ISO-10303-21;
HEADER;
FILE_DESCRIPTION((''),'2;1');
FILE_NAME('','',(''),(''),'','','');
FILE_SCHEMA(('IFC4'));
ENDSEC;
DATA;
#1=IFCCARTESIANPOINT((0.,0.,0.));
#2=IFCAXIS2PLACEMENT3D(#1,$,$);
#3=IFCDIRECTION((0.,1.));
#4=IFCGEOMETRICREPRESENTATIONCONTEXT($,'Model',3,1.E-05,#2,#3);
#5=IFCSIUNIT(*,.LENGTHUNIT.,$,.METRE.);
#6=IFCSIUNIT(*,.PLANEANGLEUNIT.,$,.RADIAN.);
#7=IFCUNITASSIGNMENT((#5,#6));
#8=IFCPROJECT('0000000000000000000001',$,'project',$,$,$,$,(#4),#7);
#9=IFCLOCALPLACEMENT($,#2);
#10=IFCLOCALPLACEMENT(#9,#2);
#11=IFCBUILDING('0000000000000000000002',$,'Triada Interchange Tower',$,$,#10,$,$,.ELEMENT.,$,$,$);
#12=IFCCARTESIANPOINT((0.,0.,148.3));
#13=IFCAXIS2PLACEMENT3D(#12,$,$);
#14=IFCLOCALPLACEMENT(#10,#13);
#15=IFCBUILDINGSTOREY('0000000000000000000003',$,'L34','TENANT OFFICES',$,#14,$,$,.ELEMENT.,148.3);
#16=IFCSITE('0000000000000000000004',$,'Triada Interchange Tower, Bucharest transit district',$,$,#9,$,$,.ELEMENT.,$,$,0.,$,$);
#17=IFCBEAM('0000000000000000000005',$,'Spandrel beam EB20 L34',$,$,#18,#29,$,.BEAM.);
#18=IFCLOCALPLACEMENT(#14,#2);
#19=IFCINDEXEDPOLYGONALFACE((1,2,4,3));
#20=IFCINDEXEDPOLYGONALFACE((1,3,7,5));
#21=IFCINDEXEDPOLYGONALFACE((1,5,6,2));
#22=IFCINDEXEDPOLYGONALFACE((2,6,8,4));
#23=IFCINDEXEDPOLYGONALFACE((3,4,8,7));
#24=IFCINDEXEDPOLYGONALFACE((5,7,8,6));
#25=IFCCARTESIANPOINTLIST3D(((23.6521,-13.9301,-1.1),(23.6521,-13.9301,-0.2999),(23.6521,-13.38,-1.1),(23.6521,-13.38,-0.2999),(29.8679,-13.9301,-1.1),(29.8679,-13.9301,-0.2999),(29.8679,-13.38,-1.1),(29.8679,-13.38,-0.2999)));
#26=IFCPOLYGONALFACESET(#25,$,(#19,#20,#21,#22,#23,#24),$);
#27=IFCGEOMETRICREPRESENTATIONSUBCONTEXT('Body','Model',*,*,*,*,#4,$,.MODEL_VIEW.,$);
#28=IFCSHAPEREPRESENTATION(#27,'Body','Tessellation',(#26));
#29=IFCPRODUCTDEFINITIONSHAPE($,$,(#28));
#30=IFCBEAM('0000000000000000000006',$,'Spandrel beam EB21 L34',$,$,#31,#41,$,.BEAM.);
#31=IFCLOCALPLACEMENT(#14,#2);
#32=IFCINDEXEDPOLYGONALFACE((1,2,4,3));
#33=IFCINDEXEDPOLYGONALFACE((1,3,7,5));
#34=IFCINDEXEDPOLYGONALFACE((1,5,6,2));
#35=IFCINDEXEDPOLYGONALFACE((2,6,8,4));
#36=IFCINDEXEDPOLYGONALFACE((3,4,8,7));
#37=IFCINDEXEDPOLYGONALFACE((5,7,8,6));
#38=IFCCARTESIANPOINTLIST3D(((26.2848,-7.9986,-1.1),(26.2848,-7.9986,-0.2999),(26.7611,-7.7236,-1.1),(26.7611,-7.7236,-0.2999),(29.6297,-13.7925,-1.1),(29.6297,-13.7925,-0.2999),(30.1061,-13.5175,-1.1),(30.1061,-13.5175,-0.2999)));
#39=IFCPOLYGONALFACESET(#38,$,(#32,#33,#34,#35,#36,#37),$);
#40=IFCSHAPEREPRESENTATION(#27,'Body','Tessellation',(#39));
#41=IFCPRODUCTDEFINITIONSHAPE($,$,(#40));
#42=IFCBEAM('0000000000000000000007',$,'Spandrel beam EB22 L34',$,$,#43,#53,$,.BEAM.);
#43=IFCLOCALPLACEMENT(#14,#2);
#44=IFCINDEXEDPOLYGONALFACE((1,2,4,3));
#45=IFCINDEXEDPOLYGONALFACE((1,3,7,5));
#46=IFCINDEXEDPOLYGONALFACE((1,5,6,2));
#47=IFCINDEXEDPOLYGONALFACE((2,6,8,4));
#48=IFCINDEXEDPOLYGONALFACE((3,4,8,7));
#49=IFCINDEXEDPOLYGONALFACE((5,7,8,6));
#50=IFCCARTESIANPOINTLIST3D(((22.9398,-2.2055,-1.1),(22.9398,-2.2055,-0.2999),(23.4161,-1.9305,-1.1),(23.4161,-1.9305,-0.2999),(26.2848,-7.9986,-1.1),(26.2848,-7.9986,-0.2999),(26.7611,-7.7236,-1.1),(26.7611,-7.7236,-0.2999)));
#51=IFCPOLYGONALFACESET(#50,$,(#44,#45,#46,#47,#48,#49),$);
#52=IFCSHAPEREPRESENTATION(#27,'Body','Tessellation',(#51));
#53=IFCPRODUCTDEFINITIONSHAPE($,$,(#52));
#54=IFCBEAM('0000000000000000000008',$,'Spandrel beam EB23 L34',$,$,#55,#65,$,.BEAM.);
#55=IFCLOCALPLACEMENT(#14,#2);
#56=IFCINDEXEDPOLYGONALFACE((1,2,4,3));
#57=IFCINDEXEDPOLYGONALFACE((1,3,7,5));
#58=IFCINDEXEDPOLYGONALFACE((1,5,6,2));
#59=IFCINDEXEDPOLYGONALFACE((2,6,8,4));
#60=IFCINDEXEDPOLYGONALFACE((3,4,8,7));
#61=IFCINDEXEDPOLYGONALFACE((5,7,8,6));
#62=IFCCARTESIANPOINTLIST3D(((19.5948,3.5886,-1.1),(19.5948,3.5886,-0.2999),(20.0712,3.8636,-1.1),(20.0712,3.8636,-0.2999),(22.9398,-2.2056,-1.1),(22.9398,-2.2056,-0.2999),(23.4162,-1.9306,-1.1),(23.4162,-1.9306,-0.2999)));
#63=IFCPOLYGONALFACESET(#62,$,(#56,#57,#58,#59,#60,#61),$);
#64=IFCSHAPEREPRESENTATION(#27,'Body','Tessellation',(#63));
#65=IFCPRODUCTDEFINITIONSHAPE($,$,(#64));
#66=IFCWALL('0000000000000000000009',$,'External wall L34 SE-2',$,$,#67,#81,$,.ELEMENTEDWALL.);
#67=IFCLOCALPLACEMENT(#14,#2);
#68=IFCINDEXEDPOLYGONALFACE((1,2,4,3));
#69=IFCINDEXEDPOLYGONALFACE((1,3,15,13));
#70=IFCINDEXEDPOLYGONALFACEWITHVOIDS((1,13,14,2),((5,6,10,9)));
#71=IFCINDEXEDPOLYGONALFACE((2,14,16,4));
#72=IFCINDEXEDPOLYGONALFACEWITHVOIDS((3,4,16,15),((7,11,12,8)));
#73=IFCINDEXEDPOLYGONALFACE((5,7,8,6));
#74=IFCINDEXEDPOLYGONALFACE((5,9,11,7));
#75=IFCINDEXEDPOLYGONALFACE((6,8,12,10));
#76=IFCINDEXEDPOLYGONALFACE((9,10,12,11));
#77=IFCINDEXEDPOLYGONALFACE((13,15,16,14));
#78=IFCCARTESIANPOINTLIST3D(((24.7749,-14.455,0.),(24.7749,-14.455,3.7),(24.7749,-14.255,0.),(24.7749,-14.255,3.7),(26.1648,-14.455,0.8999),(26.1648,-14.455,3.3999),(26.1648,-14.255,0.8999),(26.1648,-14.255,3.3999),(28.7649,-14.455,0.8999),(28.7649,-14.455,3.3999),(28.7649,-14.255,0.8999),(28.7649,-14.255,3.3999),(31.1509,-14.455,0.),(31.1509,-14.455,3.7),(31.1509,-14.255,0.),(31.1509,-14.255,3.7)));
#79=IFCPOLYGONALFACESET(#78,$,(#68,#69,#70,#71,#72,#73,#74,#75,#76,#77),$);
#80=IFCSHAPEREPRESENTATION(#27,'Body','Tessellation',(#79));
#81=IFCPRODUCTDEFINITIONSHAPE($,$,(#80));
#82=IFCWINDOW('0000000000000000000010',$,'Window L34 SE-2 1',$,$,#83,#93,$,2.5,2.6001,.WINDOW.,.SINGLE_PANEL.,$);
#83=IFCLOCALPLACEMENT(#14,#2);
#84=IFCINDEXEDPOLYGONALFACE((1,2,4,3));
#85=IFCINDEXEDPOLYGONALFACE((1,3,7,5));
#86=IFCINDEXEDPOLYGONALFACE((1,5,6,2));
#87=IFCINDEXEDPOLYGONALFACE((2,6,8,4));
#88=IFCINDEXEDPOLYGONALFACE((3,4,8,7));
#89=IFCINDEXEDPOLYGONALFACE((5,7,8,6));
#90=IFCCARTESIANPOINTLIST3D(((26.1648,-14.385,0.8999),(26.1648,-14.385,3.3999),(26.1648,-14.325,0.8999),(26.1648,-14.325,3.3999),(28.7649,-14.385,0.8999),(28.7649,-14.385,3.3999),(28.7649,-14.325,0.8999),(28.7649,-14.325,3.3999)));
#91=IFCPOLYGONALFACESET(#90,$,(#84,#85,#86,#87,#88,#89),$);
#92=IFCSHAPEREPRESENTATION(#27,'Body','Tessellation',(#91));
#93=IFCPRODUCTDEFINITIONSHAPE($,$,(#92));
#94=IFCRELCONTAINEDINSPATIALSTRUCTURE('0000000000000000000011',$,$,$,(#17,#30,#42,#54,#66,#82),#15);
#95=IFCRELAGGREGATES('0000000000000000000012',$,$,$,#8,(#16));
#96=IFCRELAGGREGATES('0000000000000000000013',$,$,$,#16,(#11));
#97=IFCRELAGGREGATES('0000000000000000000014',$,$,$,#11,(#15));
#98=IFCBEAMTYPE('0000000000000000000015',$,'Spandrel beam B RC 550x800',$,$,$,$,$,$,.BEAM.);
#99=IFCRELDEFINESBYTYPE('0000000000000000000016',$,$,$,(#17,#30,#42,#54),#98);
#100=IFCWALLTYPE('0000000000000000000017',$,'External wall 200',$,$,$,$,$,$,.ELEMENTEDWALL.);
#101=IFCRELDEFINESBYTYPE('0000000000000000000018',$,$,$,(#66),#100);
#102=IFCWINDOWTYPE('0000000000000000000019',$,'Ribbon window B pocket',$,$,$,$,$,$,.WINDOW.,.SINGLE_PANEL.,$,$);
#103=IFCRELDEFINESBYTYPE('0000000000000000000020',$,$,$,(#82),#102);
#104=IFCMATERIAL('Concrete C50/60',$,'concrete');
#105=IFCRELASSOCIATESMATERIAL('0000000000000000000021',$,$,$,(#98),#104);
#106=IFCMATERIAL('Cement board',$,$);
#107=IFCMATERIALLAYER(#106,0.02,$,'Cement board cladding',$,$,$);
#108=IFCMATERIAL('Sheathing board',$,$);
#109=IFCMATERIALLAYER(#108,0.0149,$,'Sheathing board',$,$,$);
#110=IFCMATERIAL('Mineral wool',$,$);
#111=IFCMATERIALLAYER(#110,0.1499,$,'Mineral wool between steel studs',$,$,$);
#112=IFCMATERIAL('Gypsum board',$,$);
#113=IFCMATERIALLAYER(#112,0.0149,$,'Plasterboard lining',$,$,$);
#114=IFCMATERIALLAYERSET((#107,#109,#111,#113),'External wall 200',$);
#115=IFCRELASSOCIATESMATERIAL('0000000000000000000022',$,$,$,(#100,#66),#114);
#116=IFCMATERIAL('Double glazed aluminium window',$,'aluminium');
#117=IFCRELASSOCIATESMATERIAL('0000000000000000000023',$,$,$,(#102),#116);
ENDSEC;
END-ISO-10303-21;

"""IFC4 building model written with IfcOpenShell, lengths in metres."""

from ifc_helpers import new_model, si_unit, direction, frame, frame_2d, origin, origin_2d, place, context, subcontext, project, spatial, rectangle, extrude, material, layer, layer_set, layer_usage, material_profile, profile_set, type_object, element, fill, save


model = new_model("IFC4")

# Units and contexts
model_context = context("Model", 3, precision=1e-05, world=origin(), true_north=direction((0.0, 1.0)))
body_context = subcontext(model_context, "Body", "Model", "MODEL_VIEW")
ifc_project = project(units=[si_unit("LENGTHUNIT", "METRE"), si_unit("PLANEANGLEUNIT", "RADIAN")], contexts=[model_context])

# Site, building, storey
site_placement = place(None, origin())
site = spatial("IfcSite", under=ifc_project, at=site_placement, Name="Triada Interchange Tower, Bucharest transit district", CompositionType="ELEMENT", RefElevation=0.0)
building_placement = place(site_placement, origin())
building = spatial("IfcBuilding", under=site, at=building_placement, Name="Triada Interchange Tower", CompositionType="ELEMENT")
storey_placement = place(building_placement, frame((0.0, 0.0, 148.3)))
storey = spatial("IfcBuildingStorey", under=building, at=storey_placement, Name="L34", Description="TENANT OFFICES", CompositionType="ELEMENT", Elevation=148.3)

# Beams
ifc_material_1 = material(Name="Concrete C50/60", Category="concrete")
ifc_material_profile_1 = material_profile(ifc_material_1, rectangle(XDim=0.55, YDim=0.8, at=origin_2d()), Name="RC 550x800")
ifc_profile_set_1 = profile_set([ifc_material_profile_1], Name="Concrete C50/60")
beam_type_1 = type_object("IfcBeamType", Name="Spandrel beam B RC 550x800", PredefinedType="BEAM", material=ifc_profile_set_1)
beam_1_placement = place(storey_placement, frame((23.6521, -13.655, -0.7), z_axis=(1.0, 0.0, 0.0), x_axis=(0.0, 1.0, 0.0)))
element("IfcBeam", 1, at=beam_1_placement, inside=storey, type_object=beam_type_1, Name="Spandrel beam EB20 L34", PredefinedType="BEAM", context=body_context, shape_type="SweptSolid", body=[
    extrude(rectangle(XDim=0.55, YDim=0.8, at=origin_2d()), origin(), (0.0, 0.0, 1.0), 6.2158),
])
beam_2_placement = place(storey_placement, frame((29.8679, -13.655, -0.7), z_axis=(-0.499981, 0.866036, 0.0), x_axis=(-0.866036, -0.499981, 0.0)))
element("IfcBeam", 2, at=beam_2_placement, inside=storey, type_object=beam_type_1, Name="Spandrel beam EB21 L34", PredefinedType="BEAM", context=body_context, shape_type="SweptSolid", body=[
    extrude(rectangle(XDim=0.55, YDim=0.8, at=origin_2d()), origin(), (0.0, 0.0, 1.0), 6.6902),
])
beam_3_placement = place(storey_placement, frame((26.5229, -7.8611, -0.7), z_axis=(-0.500045, 0.866, 0.0), x_axis=(-0.866, -0.500045, 0.0)))
element("IfcBeam", 3, at=beam_3_placement, inside=storey, type_object=beam_type_1, Name="Spandrel beam EB22 L34", PredefinedType="BEAM", context=body_context, shape_type="SweptSolid", body=[
    extrude(rectangle(XDim=0.55, YDim=0.8, at=origin_2d()), origin(), (0.0, 0.0, 1.0), 6.6895),
])
beam_4_placement = place(storey_placement, frame((23.178, -2.0681, -0.7), z_axis=(-0.499966, 0.866045, 0.0), x_axis=(-0.866045, -0.499966, 0.0)))
element("IfcBeam", 4, at=beam_4_placement, inside=storey, type_object=beam_type_1, Name="Spandrel beam EB23 L34", PredefinedType="BEAM", context=body_context, shape_type="SweptSolid", body=[
    extrude(rectangle(XDim=0.55, YDim=0.8, at=origin_2d()), origin(), (0.0, 0.0, 1.0), 6.6904),
])

# Wall, opening, window
ifc_material_2 = material(Name="Cement board")
ifc_layer_1 = layer(ifc_material_2, 0.02, Name="Cement board cladding")
ifc_material_3 = material(Name="Sheathing board")
ifc_layer_2 = layer(ifc_material_3, 0.0149, Name="Sheathing board")
ifc_material_4 = material(Name="Mineral wool")
ifc_layer_3 = layer(ifc_material_4, 0.1499, Name="Mineral wool between steel studs")
ifc_material_5 = material(Name="Gypsum board")
ifc_layer_4 = layer(ifc_material_5, 0.0149, Name="Plasterboard lining")
ifc_layer_set_1 = layer_set([ifc_layer_1, ifc_layer_2, ifc_layer_3, ifc_layer_4], Name="External wall 200")
ifc_layer_usage = layer_usage(ifc_layer_set_1, "AXIS2", "POSITIVE", -0.1001)
wall_type_1 = type_object("IfcWallType", Name="External wall 200", PredefinedType="ELEMENTEDWALL", material=ifc_layer_set_1)
wall_1_placement = place(storey_placement, frame((24.7749, -14.355, 0.0), z_axis=(0.0, 0.0, 1.0), x_axis=(1.0, 0.0, 0.0)))
wall_1 = element("IfcWall", 5, at=wall_1_placement, inside=storey, type_object=wall_type_1, material=ifc_layer_usage, Name="External wall L34 SE-2", PredefinedType="ELEMENTEDWALL", context=body_context, shape_type="SweptSolid", body=[
    extrude(rectangle(XDim=6.376, YDim=0.2, at=frame_2d((3.188, 0.0))), origin(), (0.0, 0.0, 1.0), 3.7),
])
opening_1_placement = place(wall_1_placement, frame((1.3899, 0.0, 0.8999)))
opening_1 = element("IfcOpeningElement", 6, at=opening_1_placement, cuts=wall_1, PredefinedType="OPENING", context=body_context, shape_type="SweptSolid", body=[
    extrude(rectangle(XDim=2.6001, YDim=2.5, at=frame_2d((1.3, 1.25))), frame((0.0, 0.1099, 0.0), z_axis=(0.0, -1.0, 0.0), x_axis=(1.0, 0.0, 0.0)), (0.0, 0.0, 1.0), 0.22),
])
ifc_material_6 = material(Name="Double glazed aluminium window", Category="aluminium")
window_type_1 = type_object("IfcWindowType", Name="Ribbon window B pocket", PartitioningType="SINGLE_PANEL", PredefinedType="WINDOW", material=ifc_material_6)
window_1_placement = place(opening_1_placement, origin())
window_1 = element("IfcWindow", 7, at=window_1_placement, inside=storey, type_object=window_type_1, Name="Window L34 SE-2 1", OverallHeight=2.5, OverallWidth=2.6001, PartitioningType="SINGLE_PANEL", PredefinedType="WINDOW", context=body_context, shape_type="SweptSolid", body=[
    extrude(rectangle(XDim=2.6001, YDim=2.5, at=frame_2d((1.3, 1.25))), frame((0.0, 0.03, 0.0), z_axis=(0.0, -1.0, 0.0), x_axis=(1.0, 0.0, 0.0)), (0.0, 0.0, 1.0), 0.0601),
])
fill(opening_1, window_1)

save(model, "model.ifc")
